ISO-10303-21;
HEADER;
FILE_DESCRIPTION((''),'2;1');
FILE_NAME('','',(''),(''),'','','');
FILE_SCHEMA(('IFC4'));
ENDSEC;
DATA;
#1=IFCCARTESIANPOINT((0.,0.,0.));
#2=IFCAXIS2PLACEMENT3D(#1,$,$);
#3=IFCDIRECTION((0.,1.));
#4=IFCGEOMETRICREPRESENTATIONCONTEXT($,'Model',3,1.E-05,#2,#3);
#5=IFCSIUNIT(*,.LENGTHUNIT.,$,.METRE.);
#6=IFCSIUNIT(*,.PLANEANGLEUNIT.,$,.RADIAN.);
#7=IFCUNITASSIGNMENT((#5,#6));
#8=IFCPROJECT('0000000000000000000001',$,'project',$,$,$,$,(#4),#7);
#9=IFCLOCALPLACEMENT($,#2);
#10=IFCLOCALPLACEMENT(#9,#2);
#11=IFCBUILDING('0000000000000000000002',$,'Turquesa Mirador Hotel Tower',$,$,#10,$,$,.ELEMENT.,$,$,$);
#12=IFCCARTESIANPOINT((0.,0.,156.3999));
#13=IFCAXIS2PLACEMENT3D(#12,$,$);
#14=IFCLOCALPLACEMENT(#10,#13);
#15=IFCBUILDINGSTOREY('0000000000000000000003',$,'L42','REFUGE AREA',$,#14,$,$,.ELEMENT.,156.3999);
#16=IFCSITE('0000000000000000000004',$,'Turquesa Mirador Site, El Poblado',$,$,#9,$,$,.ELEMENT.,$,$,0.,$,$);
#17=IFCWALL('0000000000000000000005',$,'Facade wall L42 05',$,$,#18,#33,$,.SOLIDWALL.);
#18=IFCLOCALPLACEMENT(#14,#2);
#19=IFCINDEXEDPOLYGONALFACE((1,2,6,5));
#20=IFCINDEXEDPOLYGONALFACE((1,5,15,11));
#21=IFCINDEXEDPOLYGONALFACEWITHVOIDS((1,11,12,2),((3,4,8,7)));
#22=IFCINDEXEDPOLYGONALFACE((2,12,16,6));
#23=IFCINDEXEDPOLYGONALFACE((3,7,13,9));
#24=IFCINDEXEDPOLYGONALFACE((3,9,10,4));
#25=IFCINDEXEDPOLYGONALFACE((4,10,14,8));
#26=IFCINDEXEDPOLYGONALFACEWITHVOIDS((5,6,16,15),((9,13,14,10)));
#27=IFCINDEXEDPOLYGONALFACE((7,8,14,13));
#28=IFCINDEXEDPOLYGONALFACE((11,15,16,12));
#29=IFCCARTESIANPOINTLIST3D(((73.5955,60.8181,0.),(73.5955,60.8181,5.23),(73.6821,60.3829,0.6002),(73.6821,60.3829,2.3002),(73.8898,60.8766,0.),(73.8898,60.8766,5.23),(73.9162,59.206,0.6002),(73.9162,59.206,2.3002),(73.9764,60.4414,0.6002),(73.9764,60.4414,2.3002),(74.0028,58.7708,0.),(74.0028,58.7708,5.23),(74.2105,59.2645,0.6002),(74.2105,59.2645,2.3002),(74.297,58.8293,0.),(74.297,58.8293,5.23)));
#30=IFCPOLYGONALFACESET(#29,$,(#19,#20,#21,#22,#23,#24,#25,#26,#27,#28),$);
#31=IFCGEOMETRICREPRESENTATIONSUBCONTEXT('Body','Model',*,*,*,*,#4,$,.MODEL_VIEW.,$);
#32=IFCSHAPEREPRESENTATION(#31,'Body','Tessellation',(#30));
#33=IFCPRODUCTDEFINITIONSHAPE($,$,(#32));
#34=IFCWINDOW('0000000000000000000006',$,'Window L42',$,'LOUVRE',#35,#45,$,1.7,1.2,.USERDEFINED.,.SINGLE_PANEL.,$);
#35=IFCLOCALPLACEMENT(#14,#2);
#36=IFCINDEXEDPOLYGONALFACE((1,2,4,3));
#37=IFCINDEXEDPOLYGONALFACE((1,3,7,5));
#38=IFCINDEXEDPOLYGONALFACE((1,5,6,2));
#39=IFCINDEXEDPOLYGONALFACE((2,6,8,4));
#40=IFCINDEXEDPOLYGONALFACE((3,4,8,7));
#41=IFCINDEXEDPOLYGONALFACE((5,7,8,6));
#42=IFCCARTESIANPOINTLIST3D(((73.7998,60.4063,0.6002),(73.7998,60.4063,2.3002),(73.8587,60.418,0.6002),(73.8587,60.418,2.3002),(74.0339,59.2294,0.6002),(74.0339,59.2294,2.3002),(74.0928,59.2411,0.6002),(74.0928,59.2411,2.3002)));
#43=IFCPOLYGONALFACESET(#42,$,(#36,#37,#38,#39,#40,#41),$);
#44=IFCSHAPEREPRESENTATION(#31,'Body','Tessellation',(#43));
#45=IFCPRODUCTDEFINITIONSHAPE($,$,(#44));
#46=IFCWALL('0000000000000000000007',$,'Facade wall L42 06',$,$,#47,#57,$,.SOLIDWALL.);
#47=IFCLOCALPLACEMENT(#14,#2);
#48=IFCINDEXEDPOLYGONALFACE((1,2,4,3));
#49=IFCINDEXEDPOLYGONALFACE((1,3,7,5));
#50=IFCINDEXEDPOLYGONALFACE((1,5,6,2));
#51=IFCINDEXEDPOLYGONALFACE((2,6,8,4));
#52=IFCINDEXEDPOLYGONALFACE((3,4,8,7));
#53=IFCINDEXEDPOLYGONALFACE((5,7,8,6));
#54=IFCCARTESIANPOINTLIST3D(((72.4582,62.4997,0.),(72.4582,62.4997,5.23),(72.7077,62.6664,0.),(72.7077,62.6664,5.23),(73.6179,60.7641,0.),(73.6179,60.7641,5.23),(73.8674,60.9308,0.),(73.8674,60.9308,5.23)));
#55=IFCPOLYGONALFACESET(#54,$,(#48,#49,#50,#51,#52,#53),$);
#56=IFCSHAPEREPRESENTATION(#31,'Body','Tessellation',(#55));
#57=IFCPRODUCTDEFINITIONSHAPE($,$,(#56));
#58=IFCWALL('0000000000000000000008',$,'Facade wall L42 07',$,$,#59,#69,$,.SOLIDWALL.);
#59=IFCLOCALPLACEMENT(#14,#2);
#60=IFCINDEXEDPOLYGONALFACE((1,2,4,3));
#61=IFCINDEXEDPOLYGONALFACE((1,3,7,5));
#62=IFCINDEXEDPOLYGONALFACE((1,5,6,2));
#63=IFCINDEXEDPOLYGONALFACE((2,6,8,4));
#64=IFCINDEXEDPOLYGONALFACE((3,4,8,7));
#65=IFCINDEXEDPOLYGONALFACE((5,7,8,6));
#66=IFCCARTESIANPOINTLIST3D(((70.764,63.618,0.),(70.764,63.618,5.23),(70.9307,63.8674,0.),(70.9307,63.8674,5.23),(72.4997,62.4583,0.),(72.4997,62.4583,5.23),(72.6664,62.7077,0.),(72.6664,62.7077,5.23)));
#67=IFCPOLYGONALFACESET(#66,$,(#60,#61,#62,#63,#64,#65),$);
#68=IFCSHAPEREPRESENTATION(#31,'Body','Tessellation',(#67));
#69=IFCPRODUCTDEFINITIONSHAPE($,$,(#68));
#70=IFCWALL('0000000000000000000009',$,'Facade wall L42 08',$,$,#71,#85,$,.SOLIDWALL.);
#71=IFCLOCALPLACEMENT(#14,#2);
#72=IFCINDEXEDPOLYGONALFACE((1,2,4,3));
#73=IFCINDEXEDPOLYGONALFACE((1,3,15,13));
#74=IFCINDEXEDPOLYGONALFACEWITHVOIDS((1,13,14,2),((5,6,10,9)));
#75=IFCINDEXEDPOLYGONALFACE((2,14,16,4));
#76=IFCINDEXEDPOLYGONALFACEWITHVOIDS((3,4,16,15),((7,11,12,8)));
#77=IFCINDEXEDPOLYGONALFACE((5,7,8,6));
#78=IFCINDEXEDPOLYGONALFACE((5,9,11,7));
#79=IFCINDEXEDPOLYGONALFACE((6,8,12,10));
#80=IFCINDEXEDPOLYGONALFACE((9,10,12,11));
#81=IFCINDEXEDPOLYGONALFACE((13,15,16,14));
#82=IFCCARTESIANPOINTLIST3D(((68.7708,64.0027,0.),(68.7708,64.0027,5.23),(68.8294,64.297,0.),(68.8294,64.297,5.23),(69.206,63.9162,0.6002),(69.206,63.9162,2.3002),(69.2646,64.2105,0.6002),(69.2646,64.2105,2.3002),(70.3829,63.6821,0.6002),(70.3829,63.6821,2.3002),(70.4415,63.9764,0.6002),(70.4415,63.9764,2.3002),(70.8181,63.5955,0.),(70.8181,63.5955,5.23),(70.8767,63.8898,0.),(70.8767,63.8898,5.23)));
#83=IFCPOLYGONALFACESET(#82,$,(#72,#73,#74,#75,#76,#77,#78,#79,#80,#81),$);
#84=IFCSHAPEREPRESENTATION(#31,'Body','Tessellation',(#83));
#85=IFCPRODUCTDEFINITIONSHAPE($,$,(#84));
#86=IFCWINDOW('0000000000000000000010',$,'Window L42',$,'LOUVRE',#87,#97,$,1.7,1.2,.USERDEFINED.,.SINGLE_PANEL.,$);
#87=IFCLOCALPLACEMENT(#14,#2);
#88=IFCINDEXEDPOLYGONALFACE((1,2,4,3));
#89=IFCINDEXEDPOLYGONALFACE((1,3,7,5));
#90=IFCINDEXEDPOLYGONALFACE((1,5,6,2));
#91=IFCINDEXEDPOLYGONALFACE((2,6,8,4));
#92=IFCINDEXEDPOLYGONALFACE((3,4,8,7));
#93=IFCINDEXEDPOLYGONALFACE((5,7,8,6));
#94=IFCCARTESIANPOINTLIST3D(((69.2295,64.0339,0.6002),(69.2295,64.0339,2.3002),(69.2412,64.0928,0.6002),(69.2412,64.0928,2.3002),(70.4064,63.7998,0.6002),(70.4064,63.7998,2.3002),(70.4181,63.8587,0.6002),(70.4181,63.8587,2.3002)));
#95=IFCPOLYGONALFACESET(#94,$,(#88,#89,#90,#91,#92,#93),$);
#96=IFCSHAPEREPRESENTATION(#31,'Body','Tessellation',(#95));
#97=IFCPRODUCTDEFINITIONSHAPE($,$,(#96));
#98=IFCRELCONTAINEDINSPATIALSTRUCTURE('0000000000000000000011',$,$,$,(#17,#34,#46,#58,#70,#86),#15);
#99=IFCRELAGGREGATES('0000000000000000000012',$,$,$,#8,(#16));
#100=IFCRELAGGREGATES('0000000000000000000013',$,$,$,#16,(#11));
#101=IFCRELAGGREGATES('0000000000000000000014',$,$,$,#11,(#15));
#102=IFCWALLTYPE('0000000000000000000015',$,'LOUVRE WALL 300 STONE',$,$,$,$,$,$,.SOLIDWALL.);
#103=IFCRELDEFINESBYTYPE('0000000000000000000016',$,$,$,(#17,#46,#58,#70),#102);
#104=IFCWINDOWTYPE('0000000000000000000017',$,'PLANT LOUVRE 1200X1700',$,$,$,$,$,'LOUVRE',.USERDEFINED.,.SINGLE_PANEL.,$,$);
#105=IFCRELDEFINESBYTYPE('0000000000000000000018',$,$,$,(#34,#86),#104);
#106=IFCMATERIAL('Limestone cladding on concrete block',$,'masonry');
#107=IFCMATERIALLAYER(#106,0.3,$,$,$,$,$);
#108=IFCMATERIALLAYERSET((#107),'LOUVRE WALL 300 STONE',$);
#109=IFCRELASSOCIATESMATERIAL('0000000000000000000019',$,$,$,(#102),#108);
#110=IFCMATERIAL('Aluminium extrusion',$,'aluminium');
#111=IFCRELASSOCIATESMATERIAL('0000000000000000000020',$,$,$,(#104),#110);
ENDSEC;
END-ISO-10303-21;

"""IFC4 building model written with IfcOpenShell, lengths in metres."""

from ifc_helpers import new_model, si_unit, direction, frame, frame_2d, origin, place, context, subcontext, project, spatial, rectangle, extrude, material, layer, layer_set, type_object, element, fill, save


model = new_model("IFC4")

# Units and contexts
model_context = context("Model", 3, precision=1e-05, world=origin(), true_north=direction((0.0, 1.0)))
body_context = subcontext(model_context, "Body", "Model", "MODEL_VIEW")
ifc_project = project(units=[si_unit("LENGTHUNIT", "METRE"), si_unit("PLANEANGLEUNIT", "RADIAN")], contexts=[model_context])

# Site, building, storey
site_placement = place(None, origin())
site = spatial("IfcSite", under=ifc_project, at=site_placement, Name="Turquesa Mirador Site, El Poblado", CompositionType="ELEMENT", RefElevation=0.0)
building_placement = place(site_placement, origin())
building = spatial("IfcBuilding", under=site, at=building_placement, Name="Turquesa Mirador Hotel Tower", CompositionType="ELEMENT")
storey_placement = place(building_placement, frame((0.0, 0.0, 156.3999)))
storey = spatial("IfcBuildingStorey", under=building, at=storey_placement, Name="L42", Description="REFUGE AREA", CompositionType="ELEMENT", Elevation=156.3999)

# Wall, opening, window
ifc_material_1 = material(Name="Limestone cladding on concrete block", Category="masonry")
ifc_layer_1 = layer(ifc_material_1, 0.3)
ifc_layer_set_1 = layer_set([ifc_layer_1], Name="LOUVRE WALL 300 STONE")
wall_type_1 = type_object("IfcWallType", Name="LOUVRE WALL 300 STONE", PredefinedType="SOLIDWALL", material=ifc_layer_set_1)
wall_1_placement = place(storey_placement, frame((74.1499, 58.8, 0.0), z_axis=(0.0, 0.0, 1.0), x_axis=(-0.195081, 0.980787, 0.0)))
wall_1 = element("IfcWall", 1, at=wall_1_placement, inside=storey, type_object=wall_type_1, Name="Facade wall L42 05", PredefinedType="SOLIDWALL", context=body_context, shape_type="SweptSolid", body=[
    extrude(rectangle(XDim=2.0874, YDim=0.3, at=frame_2d((1.0437, 0.0))), origin(), (0.0, 0.0, 1.0), 5.23),
])
opening_1_placement = place(wall_1_placement, frame((0.4436, 0.0, 0.6001)))
opening_1 = element("IfcOpeningElement", 2, at=opening_1_placement, cuts=wall_1, PredefinedType="OPENING", context=body_context, shape_type="SweptSolid", body=[
    extrude(rectangle(XDim=1.2, YDim=1.7, at=frame_2d((0.6001, 0.8501))), frame((0.0, 0.1599, 0.0), z_axis=(0.0, -1.0, 0.0), x_axis=(1.0, 0.0, 0.0)), (0.0, 0.0, 1.0), 0.3201),
])
ifc_material_2 = material(Name="Aluminium extrusion", Category="aluminium")
window_type_1 = type_object("IfcWindowType", Name="PLANT LOUVRE 1200X1700", ElementType="LOUVRE", PartitioningType="SINGLE_PANEL", PredefinedType="USERDEFINED", material=ifc_material_2)
window_1_placement = place(opening_1_placement, origin())
window_1 = element("IfcWindow", 3, at=window_1_placement, inside=storey, type_object=window_type_1, Name="Window L42", ObjectType="LOUVRE", OverallHeight=1.7, OverallWidth=1.2, PartitioningType="SINGLE_PANEL", PredefinedType="USERDEFINED", context=body_context, shape_type="SweptSolid", body=[
    extrude(rectangle(XDim=1.2, YDim=1.7, at=frame_2d((0.6001, 0.8501))), frame((0.0, 0.03, 0.0), z_axis=(0.0, -1.0, 0.0), x_axis=(1.0, 0.0, 0.0)), (0.0, 0.0, 1.0), 0.0601),
])
fill(opening_1, window_1)

# Walls
for number, where, z_axis, x_axis, name in (
    (4, (73.7427, 60.8474, 0.0), (0.0, 0.0, 1.0), (-0.555564, 0.831474, 0.0), "Facade wall L42 06"),
    (5, (72.583, 62.583, 0.0), (0.0, 0.0, 1.0), (-0.831474, 0.555564, 0.0), "Facade wall L42 07"),
):
    element("IfcWall", number, at=place(storey_placement, frame(where, z_axis=z_axis, x_axis=x_axis)), inside=storey, type_object=wall_type_1, Name=name, PredefinedType="SOLIDWALL", context=body_context, shape_type="SweptSolid", body=[
        extrude(rectangle(XDim=2.0874, YDim=0.3, at=frame_2d((1.0437, 0.0))), origin(), (0.0, 0.0, 1.0), 5.23),
    ])

# Wall, opening, window
wall_2_placement = place(storey_placement, frame((70.8474, 63.7427, 0.0), z_axis=(0.0, 0.0, 1.0), x_axis=(-0.980787, 0.195081, 0.0)))
wall_2 = element("IfcWall", 6, at=wall_2_placement, inside=storey, type_object=wall_type_1, Name="Facade wall L42 08", PredefinedType="SOLIDWALL", context=body_context, shape_type="SweptSolid", body=[
    extrude(rectangle(XDim=2.0874, YDim=0.3, at=frame_2d((1.0437, 0.0))), origin(), (0.0, 0.0, 1.0), 5.23),
])
opening_2_placement = place(wall_2_placement, frame((0.4436, 0.0, 0.6001)))
opening_2 = element("IfcOpeningElement", 7, at=opening_2_placement, cuts=wall_2, PredefinedType="OPENING", context=body_context, shape_type="SweptSolid", body=[
    extrude(rectangle(XDim=1.2, YDim=1.7, at=frame_2d((0.6001, 0.8501))), frame((0.0, 0.1599, 0.0), z_axis=(0.0, -1.0, 0.0), x_axis=(1.0, 0.0, 0.0)), (0.0, 0.0, 1.0), 0.3201),
])
window_2_placement = place(opening_2_placement, origin())
window_2 = element("IfcWindow", 8, at=window_2_placement, inside=storey, type_object=window_type_1, Name="Window L42", ObjectType="LOUVRE", OverallHeight=1.7, OverallWidth=1.2, PartitioningType="SINGLE_PANEL", PredefinedType="USERDEFINED", context=body_context, shape_type="SweptSolid", body=[
    extrude(rectangle(XDim=1.2, YDim=1.7, at=frame_2d((0.6001, 0.8501))), frame((0.0, 0.03, 0.0), z_axis=(0.0, -1.0, 0.0), x_axis=(1.0, 0.0, 0.0)), (0.0, 0.0, 1.0), 0.0601),
])
fill(opening_2, window_2)

save(model, "model.ifc")
